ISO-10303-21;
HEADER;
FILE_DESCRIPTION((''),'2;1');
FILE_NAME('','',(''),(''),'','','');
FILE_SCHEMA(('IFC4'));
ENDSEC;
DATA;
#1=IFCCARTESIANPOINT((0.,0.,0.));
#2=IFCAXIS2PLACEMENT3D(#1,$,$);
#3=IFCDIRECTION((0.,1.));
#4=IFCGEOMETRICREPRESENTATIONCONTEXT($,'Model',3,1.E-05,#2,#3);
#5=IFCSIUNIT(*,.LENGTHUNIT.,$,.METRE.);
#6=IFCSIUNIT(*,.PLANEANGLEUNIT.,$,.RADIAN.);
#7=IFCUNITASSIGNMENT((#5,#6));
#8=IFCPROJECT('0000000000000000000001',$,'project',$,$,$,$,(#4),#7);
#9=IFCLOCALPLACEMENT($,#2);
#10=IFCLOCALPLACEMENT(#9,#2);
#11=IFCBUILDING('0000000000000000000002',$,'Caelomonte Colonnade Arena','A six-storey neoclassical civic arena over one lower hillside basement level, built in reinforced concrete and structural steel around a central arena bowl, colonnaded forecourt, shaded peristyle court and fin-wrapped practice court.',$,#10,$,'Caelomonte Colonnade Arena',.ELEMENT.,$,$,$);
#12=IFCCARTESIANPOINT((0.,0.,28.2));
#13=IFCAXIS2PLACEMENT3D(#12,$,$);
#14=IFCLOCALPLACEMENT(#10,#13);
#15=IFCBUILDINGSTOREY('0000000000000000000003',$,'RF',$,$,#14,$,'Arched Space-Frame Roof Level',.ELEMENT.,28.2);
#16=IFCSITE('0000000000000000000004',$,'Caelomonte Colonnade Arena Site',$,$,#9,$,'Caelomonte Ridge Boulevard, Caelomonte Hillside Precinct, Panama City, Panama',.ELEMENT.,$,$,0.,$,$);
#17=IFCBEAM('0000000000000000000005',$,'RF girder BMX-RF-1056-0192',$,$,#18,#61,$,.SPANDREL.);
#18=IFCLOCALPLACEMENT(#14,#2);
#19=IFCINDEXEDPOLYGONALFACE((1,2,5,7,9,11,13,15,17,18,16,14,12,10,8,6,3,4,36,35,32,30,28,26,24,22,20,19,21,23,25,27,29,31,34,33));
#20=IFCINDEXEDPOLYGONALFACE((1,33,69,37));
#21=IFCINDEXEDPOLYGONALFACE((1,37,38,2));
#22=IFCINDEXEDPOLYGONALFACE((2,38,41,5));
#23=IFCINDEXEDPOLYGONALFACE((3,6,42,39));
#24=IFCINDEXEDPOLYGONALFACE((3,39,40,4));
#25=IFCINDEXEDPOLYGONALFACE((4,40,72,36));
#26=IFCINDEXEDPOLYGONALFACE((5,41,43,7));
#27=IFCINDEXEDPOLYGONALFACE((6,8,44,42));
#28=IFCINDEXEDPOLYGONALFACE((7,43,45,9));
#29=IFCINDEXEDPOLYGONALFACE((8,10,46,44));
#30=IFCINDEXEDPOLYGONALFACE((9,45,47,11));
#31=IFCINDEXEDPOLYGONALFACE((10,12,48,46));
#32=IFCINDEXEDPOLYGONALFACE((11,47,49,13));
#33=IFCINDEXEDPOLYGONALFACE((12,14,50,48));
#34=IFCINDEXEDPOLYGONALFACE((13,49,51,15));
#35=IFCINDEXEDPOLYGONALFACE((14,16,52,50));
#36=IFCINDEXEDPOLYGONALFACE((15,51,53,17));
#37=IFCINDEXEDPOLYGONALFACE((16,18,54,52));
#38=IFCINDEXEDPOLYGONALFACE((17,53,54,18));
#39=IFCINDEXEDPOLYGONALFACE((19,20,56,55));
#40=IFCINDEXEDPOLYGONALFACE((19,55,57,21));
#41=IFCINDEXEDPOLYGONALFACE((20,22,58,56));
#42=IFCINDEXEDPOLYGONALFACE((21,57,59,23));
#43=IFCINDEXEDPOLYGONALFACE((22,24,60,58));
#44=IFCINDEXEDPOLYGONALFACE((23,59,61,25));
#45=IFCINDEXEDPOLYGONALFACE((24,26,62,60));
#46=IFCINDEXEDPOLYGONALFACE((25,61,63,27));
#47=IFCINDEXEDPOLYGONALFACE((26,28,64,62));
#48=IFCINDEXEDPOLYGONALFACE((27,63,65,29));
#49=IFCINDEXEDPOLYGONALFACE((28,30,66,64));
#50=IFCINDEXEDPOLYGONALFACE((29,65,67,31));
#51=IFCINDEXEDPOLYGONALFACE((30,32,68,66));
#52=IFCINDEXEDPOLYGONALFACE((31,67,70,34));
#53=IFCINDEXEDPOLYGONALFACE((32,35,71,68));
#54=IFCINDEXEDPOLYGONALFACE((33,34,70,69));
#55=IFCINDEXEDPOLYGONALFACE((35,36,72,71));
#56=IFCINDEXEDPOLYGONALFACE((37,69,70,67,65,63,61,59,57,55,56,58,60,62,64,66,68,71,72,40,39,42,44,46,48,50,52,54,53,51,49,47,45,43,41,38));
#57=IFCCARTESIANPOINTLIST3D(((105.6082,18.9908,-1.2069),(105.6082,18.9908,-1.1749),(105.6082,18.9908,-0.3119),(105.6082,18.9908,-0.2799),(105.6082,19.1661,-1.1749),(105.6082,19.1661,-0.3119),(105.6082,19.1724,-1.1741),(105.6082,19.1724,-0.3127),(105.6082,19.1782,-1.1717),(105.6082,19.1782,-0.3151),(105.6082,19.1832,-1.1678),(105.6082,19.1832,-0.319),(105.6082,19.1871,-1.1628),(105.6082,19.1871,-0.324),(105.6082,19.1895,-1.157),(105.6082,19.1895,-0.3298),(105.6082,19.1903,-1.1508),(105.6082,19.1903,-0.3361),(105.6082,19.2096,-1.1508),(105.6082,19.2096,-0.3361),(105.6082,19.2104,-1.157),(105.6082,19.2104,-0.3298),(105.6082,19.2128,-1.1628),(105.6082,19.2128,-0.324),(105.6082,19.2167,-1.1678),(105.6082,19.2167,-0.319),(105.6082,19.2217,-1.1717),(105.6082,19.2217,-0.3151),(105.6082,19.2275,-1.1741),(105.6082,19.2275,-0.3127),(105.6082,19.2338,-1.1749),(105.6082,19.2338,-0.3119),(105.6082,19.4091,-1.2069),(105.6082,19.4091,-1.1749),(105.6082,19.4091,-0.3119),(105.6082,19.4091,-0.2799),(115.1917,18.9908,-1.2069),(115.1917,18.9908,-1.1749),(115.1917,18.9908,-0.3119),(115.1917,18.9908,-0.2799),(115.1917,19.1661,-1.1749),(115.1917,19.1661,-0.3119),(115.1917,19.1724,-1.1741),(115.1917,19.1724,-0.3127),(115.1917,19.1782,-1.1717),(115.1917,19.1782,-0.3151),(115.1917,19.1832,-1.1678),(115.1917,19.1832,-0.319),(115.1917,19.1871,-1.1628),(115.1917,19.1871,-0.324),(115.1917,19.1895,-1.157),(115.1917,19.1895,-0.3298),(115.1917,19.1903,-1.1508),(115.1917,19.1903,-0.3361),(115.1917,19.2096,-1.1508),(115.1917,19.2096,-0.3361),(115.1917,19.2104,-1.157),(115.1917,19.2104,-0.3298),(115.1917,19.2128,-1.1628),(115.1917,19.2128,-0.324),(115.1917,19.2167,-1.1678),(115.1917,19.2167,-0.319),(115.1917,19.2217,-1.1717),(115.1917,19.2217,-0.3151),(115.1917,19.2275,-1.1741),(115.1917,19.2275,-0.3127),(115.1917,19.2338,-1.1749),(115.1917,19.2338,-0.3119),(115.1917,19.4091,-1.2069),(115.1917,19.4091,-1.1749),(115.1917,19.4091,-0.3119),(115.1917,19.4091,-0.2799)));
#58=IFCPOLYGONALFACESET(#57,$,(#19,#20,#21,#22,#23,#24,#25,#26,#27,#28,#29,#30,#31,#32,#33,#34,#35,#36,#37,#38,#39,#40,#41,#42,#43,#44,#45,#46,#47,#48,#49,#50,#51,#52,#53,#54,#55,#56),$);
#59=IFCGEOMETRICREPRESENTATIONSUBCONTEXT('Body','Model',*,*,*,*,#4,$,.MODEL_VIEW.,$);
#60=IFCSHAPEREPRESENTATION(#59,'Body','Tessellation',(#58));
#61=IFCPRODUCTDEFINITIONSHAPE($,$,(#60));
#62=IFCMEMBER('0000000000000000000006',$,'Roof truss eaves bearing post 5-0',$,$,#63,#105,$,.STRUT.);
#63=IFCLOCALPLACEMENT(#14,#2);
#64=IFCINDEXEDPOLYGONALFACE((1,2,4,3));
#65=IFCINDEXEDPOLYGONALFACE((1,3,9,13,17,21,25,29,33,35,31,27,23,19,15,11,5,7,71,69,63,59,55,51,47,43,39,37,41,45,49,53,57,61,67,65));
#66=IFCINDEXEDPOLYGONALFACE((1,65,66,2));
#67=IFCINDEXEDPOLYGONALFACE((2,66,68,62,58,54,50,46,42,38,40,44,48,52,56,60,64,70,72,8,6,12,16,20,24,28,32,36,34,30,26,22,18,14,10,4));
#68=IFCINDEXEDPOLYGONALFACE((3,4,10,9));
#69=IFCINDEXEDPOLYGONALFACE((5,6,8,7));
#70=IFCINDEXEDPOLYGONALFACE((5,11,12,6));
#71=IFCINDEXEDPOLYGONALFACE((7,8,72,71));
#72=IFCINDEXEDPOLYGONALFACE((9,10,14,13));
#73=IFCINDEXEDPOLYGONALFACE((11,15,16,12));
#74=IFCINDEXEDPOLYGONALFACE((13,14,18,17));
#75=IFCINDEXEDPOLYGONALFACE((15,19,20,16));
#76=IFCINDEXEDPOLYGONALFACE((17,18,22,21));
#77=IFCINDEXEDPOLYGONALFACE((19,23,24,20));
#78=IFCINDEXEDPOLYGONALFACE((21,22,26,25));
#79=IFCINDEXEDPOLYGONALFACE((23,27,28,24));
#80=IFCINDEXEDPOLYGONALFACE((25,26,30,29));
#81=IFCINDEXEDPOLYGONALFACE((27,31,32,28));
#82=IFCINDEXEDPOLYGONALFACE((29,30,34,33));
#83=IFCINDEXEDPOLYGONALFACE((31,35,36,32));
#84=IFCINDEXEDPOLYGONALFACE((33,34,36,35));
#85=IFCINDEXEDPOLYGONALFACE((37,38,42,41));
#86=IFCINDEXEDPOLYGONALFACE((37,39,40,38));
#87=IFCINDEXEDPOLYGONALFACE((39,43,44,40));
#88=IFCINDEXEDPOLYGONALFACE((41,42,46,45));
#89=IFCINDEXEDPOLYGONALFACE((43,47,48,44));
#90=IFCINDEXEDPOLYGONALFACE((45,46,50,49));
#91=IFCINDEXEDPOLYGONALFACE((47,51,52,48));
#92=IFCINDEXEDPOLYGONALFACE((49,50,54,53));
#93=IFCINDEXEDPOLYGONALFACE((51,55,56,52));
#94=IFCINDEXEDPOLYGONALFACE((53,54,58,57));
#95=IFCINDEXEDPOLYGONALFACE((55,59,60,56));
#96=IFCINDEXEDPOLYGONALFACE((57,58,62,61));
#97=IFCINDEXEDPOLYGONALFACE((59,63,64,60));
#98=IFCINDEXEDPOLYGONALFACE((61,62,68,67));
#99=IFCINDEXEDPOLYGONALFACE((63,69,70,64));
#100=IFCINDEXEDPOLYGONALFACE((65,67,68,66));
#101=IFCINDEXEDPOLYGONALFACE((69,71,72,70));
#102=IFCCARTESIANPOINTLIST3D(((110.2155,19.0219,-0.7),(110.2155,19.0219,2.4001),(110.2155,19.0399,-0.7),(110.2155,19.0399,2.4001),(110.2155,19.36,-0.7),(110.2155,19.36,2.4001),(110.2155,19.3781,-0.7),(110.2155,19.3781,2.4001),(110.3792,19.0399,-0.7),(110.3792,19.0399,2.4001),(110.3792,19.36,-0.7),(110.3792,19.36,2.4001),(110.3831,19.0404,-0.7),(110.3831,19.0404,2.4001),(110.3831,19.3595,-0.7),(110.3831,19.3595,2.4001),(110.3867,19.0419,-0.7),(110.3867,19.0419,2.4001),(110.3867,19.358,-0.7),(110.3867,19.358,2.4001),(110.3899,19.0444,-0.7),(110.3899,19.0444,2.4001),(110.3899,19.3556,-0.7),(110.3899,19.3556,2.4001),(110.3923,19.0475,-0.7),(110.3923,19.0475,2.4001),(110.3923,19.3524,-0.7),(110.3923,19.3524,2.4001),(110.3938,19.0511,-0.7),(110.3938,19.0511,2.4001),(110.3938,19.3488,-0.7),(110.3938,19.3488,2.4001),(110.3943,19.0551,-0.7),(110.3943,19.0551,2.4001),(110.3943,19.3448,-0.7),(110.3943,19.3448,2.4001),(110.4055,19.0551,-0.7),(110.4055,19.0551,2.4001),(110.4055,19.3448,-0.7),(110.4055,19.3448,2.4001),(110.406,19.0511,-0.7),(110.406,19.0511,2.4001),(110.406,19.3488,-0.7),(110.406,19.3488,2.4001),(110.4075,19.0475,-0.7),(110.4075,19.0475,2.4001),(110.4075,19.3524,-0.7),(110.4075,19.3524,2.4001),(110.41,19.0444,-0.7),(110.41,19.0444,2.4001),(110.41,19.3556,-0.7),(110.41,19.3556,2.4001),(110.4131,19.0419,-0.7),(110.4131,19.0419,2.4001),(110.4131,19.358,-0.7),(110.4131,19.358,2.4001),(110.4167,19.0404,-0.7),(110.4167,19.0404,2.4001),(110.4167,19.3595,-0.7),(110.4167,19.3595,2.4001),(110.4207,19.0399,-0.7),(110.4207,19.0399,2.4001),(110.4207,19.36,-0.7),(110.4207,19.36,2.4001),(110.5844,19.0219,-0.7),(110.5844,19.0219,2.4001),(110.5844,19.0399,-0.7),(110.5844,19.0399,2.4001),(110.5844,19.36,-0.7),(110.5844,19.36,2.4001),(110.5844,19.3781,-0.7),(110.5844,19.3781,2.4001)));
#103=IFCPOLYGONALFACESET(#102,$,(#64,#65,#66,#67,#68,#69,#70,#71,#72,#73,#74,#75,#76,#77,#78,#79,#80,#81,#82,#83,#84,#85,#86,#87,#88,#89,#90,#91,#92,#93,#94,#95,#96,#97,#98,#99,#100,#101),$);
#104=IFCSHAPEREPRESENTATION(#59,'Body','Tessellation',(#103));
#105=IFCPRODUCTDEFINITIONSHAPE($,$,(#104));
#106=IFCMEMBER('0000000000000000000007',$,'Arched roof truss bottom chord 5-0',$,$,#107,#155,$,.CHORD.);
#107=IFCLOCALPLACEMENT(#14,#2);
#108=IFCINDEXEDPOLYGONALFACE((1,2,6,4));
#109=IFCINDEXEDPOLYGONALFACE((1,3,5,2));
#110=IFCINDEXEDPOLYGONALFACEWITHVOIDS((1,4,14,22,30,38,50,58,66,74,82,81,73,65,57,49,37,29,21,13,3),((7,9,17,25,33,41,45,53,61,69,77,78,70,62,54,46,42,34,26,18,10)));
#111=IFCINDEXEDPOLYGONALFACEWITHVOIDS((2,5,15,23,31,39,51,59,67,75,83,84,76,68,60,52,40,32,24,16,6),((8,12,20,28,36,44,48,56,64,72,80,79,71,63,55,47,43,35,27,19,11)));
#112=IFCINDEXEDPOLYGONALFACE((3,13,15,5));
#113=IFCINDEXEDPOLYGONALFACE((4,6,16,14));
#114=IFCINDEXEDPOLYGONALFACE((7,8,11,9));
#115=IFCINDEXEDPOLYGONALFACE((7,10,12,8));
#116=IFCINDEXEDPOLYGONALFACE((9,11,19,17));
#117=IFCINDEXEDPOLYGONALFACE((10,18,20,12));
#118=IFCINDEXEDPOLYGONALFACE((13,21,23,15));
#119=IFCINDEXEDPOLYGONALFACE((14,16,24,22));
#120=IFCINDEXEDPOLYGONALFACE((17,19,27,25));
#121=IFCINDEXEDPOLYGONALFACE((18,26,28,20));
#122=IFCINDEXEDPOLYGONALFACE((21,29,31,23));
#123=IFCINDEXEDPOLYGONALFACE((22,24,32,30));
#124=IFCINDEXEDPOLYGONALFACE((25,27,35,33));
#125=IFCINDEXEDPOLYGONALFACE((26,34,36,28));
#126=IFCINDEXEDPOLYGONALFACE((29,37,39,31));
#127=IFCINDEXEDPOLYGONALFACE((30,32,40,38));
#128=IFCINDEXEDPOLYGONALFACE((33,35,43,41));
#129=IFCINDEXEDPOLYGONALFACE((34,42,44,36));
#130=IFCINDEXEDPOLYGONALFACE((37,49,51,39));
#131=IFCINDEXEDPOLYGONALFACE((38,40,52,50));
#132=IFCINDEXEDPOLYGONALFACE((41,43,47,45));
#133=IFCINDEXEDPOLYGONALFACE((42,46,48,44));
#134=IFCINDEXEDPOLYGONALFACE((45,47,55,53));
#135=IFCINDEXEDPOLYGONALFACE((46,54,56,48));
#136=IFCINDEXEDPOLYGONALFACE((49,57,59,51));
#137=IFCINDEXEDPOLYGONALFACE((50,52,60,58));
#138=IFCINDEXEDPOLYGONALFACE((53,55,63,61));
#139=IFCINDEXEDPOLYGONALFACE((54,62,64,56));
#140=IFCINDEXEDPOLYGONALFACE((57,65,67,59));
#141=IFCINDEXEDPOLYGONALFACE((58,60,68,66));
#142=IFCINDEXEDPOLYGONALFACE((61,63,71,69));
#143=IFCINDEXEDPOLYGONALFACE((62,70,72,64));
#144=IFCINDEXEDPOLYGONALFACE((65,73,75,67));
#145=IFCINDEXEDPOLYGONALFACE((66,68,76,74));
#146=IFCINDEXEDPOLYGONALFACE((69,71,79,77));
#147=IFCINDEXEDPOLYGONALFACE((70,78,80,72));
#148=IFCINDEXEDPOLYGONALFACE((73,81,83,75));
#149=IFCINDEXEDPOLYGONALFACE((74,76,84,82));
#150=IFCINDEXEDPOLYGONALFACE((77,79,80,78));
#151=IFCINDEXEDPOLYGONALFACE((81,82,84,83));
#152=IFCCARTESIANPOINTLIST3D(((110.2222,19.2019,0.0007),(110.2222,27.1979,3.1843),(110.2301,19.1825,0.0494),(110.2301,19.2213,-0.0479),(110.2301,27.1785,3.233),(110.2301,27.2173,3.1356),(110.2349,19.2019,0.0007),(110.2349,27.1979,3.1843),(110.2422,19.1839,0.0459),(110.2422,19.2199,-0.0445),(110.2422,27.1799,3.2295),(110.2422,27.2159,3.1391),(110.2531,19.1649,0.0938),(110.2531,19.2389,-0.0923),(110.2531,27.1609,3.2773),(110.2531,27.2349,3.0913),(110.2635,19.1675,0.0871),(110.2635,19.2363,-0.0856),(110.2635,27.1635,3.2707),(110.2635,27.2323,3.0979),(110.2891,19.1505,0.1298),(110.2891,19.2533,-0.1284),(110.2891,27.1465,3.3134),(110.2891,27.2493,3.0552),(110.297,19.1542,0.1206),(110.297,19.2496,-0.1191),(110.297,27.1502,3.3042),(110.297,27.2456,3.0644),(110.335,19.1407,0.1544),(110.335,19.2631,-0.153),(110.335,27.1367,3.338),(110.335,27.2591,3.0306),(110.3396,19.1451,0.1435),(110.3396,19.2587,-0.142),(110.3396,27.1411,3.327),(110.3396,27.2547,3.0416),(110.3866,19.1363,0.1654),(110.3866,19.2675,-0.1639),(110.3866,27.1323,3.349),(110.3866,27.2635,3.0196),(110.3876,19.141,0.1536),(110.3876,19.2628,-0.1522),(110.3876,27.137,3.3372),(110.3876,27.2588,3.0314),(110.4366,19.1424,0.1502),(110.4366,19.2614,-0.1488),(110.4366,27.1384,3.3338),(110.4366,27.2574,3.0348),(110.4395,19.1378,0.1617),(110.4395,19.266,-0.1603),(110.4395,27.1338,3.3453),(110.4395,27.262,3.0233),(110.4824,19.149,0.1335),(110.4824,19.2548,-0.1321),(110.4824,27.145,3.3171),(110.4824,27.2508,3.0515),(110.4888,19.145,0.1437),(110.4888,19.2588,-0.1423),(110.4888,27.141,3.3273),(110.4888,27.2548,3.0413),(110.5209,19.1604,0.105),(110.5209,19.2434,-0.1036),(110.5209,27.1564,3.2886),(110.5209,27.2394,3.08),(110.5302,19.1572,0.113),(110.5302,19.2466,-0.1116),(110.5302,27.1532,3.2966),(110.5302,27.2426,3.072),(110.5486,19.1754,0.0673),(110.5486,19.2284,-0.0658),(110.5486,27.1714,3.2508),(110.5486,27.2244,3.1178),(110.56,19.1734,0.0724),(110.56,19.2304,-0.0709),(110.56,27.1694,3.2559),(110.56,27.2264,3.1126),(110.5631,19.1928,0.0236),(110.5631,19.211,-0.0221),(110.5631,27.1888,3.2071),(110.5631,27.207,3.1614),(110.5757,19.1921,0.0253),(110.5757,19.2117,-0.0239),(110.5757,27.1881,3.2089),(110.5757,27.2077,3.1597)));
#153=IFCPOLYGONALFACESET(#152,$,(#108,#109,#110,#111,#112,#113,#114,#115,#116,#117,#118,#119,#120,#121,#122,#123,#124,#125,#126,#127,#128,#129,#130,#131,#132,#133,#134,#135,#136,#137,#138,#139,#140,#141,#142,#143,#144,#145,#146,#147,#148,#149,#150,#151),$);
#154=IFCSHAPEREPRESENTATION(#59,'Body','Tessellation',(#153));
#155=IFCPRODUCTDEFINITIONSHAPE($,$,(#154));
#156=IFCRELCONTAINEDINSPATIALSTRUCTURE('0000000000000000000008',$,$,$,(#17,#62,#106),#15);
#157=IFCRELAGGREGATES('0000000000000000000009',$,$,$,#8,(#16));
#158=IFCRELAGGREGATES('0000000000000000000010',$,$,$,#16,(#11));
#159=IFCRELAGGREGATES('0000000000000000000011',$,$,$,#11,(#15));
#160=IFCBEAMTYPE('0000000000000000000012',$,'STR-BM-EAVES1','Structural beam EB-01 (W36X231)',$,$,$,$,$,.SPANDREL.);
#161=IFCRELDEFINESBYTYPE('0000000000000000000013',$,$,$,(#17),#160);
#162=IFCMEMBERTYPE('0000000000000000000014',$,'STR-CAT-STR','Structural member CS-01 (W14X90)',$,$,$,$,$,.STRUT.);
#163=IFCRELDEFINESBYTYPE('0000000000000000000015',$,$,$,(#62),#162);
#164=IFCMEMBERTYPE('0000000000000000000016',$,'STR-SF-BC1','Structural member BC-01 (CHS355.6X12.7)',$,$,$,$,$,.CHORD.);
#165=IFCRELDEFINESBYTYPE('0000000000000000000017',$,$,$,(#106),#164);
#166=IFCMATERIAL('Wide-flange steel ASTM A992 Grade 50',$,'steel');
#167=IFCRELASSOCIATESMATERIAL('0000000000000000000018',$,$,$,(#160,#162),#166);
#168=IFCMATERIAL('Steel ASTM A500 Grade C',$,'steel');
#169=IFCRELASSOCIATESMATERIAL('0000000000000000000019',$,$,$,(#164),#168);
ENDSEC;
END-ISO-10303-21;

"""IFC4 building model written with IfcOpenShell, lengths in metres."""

from ifc_helpers import new_model, si_unit, direction, frame, origin, origin_2d, place, context, subcontext, project, spatial, hollow_circle, i_section, extrude, material, material_profile, profile_set, type_object, element, save


model = new_model("IFC4")

# Units and contexts
model_context = context("Model", 3, precision=1e-05, world=origin(), true_north=direction((0.0, 1.0)))
body_context = subcontext(model_context, "Body", "Model", "MODEL_VIEW")
ifc_project = project(units=[si_unit("LENGTHUNIT", "METRE"), si_unit("PLANEANGLEUNIT", "RADIAN")], contexts=[model_context])

# Site, building, storey
site_placement = place(None, origin())
site = spatial("IfcSite", under=ifc_project, at=site_placement, Name="Caelomonte Colonnade Arena Site", LongName="Caelomonte Ridge Boulevard, Caelomonte Hillside Precinct, Panama City, Panama", CompositionType="ELEMENT", RefElevation=0.0)
building_placement = place(site_placement, origin())
building = spatial("IfcBuilding", under=site, at=building_placement, Name="Caelomonte Colonnade Arena", Description="A six-storey neoclassical civic arena over one lower hillside basement level, built in reinforced concrete and structural steel around a central arena bowl, colonnaded forecourt, shaded peristyle court and fin-wrapped practice court.", LongName="Caelomonte Colonnade Arena", CompositionType="ELEMENT")
storey_placement = place(building_placement, frame((0.0, 0.0, 28.2)))
storey = spatial("IfcBuildingStorey", under=building, at=storey_placement, Name="RF", LongName="Arched Space-Frame Roof Level", CompositionType="ELEMENT", Elevation=28.2)

# Beam
ifc_material_1 = material(Name="Wide-flange steel ASTM A992 Grade 50", Category="steel")
ifc_material_profile_1 = material_profile(ifc_material_1, i_section(OverallWidth=0.4182, OverallDepth=0.927, WebThickness=0.0193, FlangeThickness=0.032, FilletRadius=0.0242, at=origin_2d()), Name="W36X231")
ifc_profile_set_1 = profile_set([ifc_material_profile_1], Name="Wide-flange steel ASTM A992 Grade 50")
beam_type = type_object("IfcBeamType", Name="STR-BM-EAVES1", Description="Structural beam EB-01 (W36X231)", PredefinedType="SPANDREL", material=ifc_profile_set_1)
beam_placement = place(storey_placement, frame((105.6082, 19.2, -0.7434), z_axis=(1.0, 0.0, 0.0), x_axis=(0.0, 1.0, 0.0)))
element("IfcBeam", 1, at=beam_placement, inside=storey, type_object=beam_type, Name="RF girder BMX-RF-1056-0192", PredefinedType="SPANDREL", context=body_context, shape_type="SweptSolid", body=[
    extrude(i_section(OverallWidth=0.4182, OverallDepth=0.927, WebThickness=0.0193, FlangeThickness=0.032, FilletRadius=0.0242, at=origin_2d()), origin(), (0.0, 0.0, 1.0), 9.5835),
])

# Members
ifc_material_profile_2 = material_profile(ifc_material_1, i_section(OverallWidth=0.3689, OverallDepth=0.3562, WebThickness=0.0112, FlangeThickness=0.0181, FilletRadius=0.0151, at=origin_2d()), Name="W14X90")
ifc_profile_set_2 = profile_set([ifc_material_profile_2], Name="Wide-flange steel ASTM A992 Grade 50")
member_type_1 = type_object("IfcMemberType", Name="STR-CAT-STR", Description="Structural member CS-01 (W14X90)", PredefinedType="STRUT", material=ifc_profile_set_2)
member_1_placement = place(storey_placement, frame((110.3999, 19.2, -0.7), z_axis=(0.0, 0.0, 1.0), x_axis=(1.0, 0.0, 0.0)))
element("IfcMember", 2, at=member_1_placement, inside=storey, type_object=member_type_1, Name="Roof truss eaves bearing post 5-0", PredefinedType="STRUT", context=body_context, shape_type="SweptSolid", body=[
    extrude(i_section(OverallWidth=0.3689, OverallDepth=0.3562, WebThickness=0.0112, FlangeThickness=0.0181, FilletRadius=0.0151, at=origin_2d()), origin(), (0.0, 0.0, 1.0), 3.1001),
])
ifc_material_2 = material(Name="Steel ASTM A500 Grade C", Category="steel")
ifc_material_profile_3 = material_profile(ifc_material_2, hollow_circle(Radius=0.1777, WallThickness=0.0127, at=origin_2d()), Name="CHS355.6X12.7")
ifc_profile_set_3 = profile_set([ifc_material_profile_3], Name="Steel ASTM A500 Grade C")
member_type_2 = type_object("IfcMemberType", Name="STR-SF-BC1", Description="Structural member BC-01 (CHS355.6X12.7)", PredefinedType="CHORD", material=ifc_profile_set_3)
member_2_placement = place(storey_placement, frame((110.3999, 19.2019, 0.0007), z_axis=(0.0, 0.92907, 0.369903), x_axis=(-1.0, 0.0, 0.0)))
element("IfcMember", 3, at=member_2_placement, inside=storey, type_object=member_type_2, Name="Arched roof truss bottom chord 5-0", PredefinedType="CHORD", context=body_context, shape_type="SweptSolid", body=[
    extrude(hollow_circle(Radius=0.1777, WallThickness=0.0127, at=origin_2d()), origin(), (0.0, 0.0, 1.0), 8.6064),
])

save(model, "model.ifc")
